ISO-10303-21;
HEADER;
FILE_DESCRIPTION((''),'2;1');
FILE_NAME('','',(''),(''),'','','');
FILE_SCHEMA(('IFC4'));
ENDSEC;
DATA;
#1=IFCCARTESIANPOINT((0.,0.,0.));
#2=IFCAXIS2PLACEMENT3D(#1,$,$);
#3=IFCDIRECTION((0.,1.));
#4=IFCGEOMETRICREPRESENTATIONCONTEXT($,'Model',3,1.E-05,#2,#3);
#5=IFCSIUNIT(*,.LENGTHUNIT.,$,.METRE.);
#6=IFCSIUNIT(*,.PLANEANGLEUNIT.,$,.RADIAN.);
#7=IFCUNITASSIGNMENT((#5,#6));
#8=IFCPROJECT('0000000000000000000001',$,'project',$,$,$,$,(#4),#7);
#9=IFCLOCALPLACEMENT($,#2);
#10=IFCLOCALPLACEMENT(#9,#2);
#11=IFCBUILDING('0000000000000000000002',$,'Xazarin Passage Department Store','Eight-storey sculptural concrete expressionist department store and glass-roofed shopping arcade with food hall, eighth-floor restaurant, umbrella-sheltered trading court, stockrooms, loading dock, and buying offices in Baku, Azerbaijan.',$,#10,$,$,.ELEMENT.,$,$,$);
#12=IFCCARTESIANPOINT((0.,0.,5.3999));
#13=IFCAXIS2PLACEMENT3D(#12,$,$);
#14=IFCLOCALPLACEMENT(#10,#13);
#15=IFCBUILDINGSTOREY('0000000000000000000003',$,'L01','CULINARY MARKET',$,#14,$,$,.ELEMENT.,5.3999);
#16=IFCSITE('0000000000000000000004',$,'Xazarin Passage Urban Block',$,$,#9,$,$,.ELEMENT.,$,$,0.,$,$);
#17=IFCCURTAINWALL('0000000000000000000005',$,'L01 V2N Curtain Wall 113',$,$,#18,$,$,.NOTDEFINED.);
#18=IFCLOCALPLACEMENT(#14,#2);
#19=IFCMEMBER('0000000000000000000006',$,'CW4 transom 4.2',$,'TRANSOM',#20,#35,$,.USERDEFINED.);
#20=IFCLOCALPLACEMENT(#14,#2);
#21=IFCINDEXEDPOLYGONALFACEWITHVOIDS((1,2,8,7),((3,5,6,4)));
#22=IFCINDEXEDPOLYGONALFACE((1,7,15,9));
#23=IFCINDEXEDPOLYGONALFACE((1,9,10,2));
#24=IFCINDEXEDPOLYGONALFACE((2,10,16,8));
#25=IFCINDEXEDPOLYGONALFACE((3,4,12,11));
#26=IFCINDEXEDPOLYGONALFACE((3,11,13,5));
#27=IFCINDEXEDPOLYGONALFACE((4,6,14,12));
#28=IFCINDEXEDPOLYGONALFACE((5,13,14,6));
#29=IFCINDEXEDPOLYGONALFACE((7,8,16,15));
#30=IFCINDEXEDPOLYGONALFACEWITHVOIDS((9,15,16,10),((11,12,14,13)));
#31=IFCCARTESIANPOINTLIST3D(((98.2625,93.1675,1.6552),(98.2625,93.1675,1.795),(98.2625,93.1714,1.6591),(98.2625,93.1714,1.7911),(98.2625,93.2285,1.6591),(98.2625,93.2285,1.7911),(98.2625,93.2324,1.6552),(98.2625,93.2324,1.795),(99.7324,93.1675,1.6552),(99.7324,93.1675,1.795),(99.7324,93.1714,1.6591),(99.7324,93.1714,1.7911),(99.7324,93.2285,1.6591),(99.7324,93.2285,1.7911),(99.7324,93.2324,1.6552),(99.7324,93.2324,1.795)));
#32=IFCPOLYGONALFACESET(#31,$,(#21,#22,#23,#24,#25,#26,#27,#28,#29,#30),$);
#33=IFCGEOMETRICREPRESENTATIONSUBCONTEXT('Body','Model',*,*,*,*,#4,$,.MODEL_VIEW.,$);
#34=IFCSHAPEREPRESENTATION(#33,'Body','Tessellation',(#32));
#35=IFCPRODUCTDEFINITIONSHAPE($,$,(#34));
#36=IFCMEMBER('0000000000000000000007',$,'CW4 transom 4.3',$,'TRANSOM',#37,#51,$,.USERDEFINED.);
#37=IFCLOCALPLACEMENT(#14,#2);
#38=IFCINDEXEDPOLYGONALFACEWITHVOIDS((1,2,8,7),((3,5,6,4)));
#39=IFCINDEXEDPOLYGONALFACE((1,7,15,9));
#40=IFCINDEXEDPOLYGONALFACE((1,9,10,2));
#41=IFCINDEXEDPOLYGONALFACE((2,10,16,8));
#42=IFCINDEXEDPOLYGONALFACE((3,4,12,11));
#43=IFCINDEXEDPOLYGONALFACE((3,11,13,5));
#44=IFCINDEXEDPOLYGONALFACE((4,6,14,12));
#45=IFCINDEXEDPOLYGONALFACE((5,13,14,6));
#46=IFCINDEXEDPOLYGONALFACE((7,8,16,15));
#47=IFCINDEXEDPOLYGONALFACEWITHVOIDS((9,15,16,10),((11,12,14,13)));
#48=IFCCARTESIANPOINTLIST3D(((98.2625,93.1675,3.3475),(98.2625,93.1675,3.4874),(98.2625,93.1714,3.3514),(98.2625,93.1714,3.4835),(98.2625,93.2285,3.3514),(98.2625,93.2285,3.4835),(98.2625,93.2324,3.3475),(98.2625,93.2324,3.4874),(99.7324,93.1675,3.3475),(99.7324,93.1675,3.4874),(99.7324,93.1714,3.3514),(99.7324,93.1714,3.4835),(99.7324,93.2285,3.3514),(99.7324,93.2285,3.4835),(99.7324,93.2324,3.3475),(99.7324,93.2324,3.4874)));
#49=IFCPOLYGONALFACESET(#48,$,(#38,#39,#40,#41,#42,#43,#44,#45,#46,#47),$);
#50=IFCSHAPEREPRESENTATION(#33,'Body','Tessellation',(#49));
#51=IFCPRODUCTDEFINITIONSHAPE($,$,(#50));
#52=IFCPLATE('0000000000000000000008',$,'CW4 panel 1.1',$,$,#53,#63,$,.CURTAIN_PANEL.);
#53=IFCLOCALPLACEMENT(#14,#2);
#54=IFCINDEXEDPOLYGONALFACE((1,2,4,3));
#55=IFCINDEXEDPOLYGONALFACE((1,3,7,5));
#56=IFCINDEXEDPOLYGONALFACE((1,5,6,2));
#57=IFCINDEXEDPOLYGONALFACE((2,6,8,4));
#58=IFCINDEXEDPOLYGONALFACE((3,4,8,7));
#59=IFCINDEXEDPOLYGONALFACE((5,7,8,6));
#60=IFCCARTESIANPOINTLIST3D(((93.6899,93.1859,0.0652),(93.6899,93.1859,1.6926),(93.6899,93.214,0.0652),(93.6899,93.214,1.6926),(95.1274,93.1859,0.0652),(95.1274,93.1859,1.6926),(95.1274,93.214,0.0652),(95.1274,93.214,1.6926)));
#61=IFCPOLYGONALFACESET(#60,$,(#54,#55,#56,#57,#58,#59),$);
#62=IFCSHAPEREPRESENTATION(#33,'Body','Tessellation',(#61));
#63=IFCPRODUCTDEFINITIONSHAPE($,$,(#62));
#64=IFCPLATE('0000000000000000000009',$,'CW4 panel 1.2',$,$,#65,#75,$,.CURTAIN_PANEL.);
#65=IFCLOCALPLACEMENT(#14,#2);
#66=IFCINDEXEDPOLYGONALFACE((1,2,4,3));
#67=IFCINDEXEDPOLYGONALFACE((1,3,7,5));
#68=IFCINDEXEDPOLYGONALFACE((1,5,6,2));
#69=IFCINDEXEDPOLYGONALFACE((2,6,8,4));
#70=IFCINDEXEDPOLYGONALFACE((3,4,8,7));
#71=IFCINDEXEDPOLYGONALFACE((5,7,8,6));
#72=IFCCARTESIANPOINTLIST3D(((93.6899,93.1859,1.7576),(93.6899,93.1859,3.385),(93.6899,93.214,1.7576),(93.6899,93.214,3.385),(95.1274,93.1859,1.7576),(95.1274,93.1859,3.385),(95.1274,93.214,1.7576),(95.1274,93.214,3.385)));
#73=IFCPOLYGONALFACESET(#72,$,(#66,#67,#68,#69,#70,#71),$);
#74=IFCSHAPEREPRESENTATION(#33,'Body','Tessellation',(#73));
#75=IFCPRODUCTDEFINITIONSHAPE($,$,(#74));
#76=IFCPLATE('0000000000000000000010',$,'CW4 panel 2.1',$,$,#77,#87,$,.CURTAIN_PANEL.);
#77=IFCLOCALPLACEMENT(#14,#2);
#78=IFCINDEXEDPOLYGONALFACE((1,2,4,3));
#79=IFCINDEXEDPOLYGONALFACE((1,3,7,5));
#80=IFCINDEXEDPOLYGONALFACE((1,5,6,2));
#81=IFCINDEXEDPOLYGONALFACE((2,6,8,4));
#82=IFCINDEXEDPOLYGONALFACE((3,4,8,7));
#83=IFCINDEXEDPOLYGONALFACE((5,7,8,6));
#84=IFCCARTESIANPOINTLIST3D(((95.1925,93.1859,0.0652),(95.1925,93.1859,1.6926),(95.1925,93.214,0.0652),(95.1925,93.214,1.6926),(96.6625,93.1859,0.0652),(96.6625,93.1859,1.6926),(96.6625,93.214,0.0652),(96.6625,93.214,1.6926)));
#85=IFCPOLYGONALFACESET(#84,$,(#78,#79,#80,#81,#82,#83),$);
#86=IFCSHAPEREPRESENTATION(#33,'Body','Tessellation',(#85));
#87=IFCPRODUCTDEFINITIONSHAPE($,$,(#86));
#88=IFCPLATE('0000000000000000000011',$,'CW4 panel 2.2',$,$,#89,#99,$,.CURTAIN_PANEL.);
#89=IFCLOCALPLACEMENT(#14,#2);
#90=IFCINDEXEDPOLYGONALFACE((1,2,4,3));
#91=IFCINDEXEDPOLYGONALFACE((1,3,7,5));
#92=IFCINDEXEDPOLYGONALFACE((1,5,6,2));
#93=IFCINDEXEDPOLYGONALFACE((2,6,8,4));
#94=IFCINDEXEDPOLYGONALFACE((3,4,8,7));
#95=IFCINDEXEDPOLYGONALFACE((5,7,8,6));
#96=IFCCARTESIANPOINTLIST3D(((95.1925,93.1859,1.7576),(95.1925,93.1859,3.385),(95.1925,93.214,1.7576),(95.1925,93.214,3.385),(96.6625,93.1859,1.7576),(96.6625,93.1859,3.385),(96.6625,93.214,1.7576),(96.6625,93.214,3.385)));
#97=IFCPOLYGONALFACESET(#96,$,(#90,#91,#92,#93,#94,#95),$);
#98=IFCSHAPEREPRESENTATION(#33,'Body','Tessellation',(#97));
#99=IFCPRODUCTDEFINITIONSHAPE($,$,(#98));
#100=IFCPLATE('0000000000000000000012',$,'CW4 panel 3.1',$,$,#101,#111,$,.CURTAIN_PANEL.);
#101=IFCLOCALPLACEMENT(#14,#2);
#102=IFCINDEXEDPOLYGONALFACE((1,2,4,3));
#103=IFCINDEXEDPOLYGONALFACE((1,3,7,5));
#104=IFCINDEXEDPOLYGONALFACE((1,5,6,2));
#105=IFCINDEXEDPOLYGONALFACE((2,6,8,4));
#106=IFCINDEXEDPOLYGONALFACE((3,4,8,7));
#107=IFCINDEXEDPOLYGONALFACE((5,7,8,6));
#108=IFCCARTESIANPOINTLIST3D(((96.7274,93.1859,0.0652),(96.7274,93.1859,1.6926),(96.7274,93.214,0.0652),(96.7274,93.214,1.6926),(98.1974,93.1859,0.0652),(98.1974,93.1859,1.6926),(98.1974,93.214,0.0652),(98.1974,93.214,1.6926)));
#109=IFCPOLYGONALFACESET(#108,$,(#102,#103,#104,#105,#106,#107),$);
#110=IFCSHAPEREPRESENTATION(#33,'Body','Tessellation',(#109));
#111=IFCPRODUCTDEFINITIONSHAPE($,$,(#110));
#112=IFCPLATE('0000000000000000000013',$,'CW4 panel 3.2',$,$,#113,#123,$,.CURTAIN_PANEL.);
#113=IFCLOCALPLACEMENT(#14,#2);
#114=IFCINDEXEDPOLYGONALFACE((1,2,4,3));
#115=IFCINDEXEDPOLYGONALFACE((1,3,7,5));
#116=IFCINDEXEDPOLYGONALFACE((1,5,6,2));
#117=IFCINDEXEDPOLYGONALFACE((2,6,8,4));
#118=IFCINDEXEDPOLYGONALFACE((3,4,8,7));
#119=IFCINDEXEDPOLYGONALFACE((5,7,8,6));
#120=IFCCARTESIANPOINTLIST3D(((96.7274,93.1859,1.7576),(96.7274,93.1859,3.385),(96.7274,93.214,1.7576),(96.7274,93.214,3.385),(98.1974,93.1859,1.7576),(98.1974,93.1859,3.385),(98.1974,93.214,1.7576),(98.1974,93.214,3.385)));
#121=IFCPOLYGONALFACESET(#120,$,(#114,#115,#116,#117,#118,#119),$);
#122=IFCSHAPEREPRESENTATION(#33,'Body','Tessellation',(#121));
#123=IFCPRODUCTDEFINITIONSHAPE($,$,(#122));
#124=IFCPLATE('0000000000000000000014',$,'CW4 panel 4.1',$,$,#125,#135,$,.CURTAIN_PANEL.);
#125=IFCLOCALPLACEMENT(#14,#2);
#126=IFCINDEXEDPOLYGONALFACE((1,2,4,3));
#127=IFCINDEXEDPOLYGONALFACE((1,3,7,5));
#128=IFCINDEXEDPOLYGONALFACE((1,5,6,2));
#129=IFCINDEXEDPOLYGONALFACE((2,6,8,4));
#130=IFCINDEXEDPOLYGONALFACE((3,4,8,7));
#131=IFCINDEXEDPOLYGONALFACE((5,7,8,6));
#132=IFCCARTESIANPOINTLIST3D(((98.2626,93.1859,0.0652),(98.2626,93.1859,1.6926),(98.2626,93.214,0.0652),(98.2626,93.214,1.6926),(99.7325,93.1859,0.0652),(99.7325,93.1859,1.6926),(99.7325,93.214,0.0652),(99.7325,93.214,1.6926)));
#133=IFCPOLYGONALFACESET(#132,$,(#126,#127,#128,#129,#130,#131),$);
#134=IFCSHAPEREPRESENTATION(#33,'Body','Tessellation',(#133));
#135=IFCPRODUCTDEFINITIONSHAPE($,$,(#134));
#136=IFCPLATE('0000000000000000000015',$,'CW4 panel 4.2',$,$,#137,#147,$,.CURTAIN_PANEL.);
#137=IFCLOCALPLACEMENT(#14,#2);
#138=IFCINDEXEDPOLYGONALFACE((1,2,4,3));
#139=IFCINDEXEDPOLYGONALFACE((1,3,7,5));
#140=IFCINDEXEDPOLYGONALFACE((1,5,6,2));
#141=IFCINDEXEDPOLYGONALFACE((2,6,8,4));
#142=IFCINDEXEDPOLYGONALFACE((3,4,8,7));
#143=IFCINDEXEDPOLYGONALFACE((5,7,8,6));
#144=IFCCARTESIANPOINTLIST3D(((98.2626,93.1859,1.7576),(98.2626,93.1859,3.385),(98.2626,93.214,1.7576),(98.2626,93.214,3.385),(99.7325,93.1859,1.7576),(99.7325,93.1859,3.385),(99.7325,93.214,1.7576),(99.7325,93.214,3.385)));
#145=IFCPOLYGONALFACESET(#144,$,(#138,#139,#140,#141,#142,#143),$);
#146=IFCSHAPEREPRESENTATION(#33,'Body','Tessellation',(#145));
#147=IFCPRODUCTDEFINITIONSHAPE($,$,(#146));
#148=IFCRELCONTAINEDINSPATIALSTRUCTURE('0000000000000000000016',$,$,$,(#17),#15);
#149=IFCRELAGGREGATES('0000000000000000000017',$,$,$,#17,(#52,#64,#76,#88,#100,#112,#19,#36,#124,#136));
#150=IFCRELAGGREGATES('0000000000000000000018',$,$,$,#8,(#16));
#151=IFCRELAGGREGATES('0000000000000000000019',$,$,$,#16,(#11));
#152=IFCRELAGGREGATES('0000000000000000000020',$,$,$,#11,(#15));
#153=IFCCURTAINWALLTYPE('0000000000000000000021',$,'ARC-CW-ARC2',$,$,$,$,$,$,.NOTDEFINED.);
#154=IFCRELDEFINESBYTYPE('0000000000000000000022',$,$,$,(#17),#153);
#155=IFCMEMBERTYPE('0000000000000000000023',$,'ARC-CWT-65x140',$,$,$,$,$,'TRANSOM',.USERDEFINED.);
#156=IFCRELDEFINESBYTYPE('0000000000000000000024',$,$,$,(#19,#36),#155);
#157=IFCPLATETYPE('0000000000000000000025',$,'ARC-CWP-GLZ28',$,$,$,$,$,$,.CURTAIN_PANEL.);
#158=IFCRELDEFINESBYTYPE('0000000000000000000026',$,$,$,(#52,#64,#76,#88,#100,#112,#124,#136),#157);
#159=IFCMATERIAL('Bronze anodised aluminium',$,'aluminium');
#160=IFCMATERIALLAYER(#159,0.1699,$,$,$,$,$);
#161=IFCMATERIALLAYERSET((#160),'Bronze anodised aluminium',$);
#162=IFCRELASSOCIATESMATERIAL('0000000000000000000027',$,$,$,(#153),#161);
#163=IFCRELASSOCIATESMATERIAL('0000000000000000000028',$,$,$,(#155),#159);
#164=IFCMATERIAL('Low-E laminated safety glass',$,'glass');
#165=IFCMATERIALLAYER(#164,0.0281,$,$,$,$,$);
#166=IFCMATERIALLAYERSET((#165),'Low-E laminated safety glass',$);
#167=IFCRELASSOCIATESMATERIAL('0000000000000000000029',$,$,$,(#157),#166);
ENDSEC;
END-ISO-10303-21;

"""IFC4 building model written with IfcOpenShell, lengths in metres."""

from ifc_helpers import new_model, si_unit, direction, frame, origin, origin_2d, place, context, subcontext, project, spatial, rectangle, hollow_rectangle, extrude, material, layer, layer_set, material_profile, profile_set, type_object, element, aggregate, save


model = new_model("IFC4")

# Units and contexts
model_context = context("Model", 3, precision=1e-05, world=origin(), true_north=direction((0.0, 1.0)))
body_context = subcontext(model_context, "Body", "Model", "MODEL_VIEW")
ifc_project = project(units=[si_unit("LENGTHUNIT", "METRE"), si_unit("PLANEANGLEUNIT", "RADIAN")], contexts=[model_context])

# Site, building, storey
site_placement = place(None, origin())
site = spatial("IfcSite", under=ifc_project, at=site_placement, Name="Xazarin Passage Urban Block", CompositionType="ELEMENT", RefElevation=0.0)
building_placement = place(site_placement, origin())
building = spatial("IfcBuilding", under=site, at=building_placement, Name="Xazarin Passage Department Store", Description="Eight-storey sculptural concrete expressionist department store and glass-roofed shopping arcade with food hall, eighth-floor restaurant, umbrella-sheltered trading court, stockrooms, loading dock, and buying offices in Baku, Azerbaijan.", CompositionType="ELEMENT")
storey_placement = place(building_placement, frame((0.0, 0.0, 5.3999)))
storey = spatial("IfcBuildingStorey", under=building, at=storey_placement, Name="L01", Description="CULINARY MARKET", CompositionType="ELEMENT", Elevation=5.3999)

# Curtain wall, members, plates
ifc_material_1 = material(Name="Bronze anodised aluminium", Category="aluminium")
ifc_layer_1 = layer(ifc_material_1, 0.1699)
ifc_layer_set_1 = layer_set([ifc_layer_1], Name="Bronze anodised aluminium")
curtain_wall_type = type_object("IfcCurtainWallType", Name="ARC-CW-ARC2", PredefinedType="NOTDEFINED", material=ifc_layer_set_1)
curtain_wall_placement = place(storey_placement, origin())
curtain_wall = element("IfcCurtainWall", 1, at=curtain_wall_placement, inside=storey, type_object=curtain_wall_type, Name="L01 V2N Curtain Wall 113", PredefinedType="NOTDEFINED")
ifc_material_profile_1 = material_profile(ifc_material_1, hollow_rectangle(XDim=0.0649, YDim=0.1399, WallThickness=0.0039, at=origin_2d()), Name="ALU 65x140")
ifc_profile_set_1 = profile_set([ifc_material_profile_1], Name="Bronze anodised aluminium")
member_type_1 = type_object("IfcMemberType", Name="ARC-CWT-65x140", ElementType="TRANSOM", PredefinedType="USERDEFINED", material=ifc_profile_set_1)
member_1_placement = place(storey_placement, frame((98.2625, 93.2, 1.7251), z_axis=(1.0, 0.0, 0.0), x_axis=(0.0, 1.0, 0.0)))
member_1 = element("IfcMember", 2, at=member_1_placement, type_object=member_type_1, Name="CW4 transom 4.2", ObjectType="TRANSOM", PredefinedType="USERDEFINED", context=body_context, shape_type="SweptSolid", body=[
    extrude(hollow_rectangle(XDim=0.0649, YDim=0.1399, WallThickness=0.0039, at=origin_2d()), origin(), (0.0, 0.0, 1.0), 1.47),
])
member_2_placement = place(storey_placement, frame((98.2625, 93.2, 3.4175), z_axis=(1.0, 0.0, 0.0), x_axis=(0.0, 1.0, 0.0)))
member_2 = element("IfcMember", 3, at=member_2_placement, type_object=member_type_1, Name="CW4 transom 4.3", ObjectType="TRANSOM", PredefinedType="USERDEFINED", context=body_context, shape_type="SweptSolid", body=[
    extrude(hollow_rectangle(XDim=0.0649, YDim=0.1399, WallThickness=0.0039, at=origin_2d()), origin(), (0.0, 0.0, 1.0), 1.47),
])
ifc_material_2 = material(Name="Low-E laminated safety glass", Category="glass")
ifc_layer_2 = layer(ifc_material_2, 0.0281)
ifc_layer_set_2 = layer_set([ifc_layer_2], Name="Low-E laminated safety glass")
plate_type = type_object("IfcPlateType", Name="ARC-CWP-GLZ28", PredefinedType="CURTAIN_PANEL", material=ifc_layer_set_2)
plate_1_placement = place(storey_placement, frame((94.4087, 93.2, 0.0652), z_axis=(0.0, 0.0, 1.0), x_axis=(1.0, 0.0, 0.0)))
plate_1 = element("IfcPlate", 4, at=plate_1_placement, type_object=plate_type, Name="CW4 panel 1.1", PredefinedType="CURTAIN_PANEL", context=body_context, shape_type="SweptSolid", body=[
    extrude(rectangle(XDim=1.4375, YDim=0.0281, at=origin_2d()), origin(), (0.0, 0.0, 1.0), 1.6274),
])
plate_2_placement = place(storey_placement, frame((94.4087, 93.2, 1.7576), z_axis=(0.0, 0.0, 1.0), x_axis=(1.0, 0.0, 0.0)))
plate_2 = element("IfcPlate", 5, at=plate_2_placement, type_object=plate_type, Name="CW4 panel 1.2", PredefinedType="CURTAIN_PANEL", context=body_context, shape_type="SweptSolid", body=[
    extrude(rectangle(XDim=1.4375, YDim=0.0281, at=origin_2d()), origin(), (0.0, 0.0, 1.0), 1.6274),
])
plate_3_placement = place(storey_placement, frame((95.9275, 93.2, 0.0652), z_axis=(0.0, 0.0, 1.0), x_axis=(1.0, 0.0, 0.0)))
plate_3 = element("IfcPlate", 6, at=plate_3_placement, type_object=plate_type, Name="CW4 panel 2.1", PredefinedType="CURTAIN_PANEL", context=body_context, shape_type="SweptSolid", body=[
    extrude(rectangle(XDim=1.47, YDim=0.0281, at=origin_2d()), origin(), (0.0, 0.0, 1.0), 1.6274),
])
plate_4_placement = place(storey_placement, frame((95.9275, 93.2, 1.7576), z_axis=(0.0, 0.0, 1.0), x_axis=(1.0, 0.0, 0.0)))
plate_4 = element("IfcPlate", 7, at=plate_4_placement, type_object=plate_type, Name="CW4 panel 2.2", PredefinedType="CURTAIN_PANEL", context=body_context, shape_type="SweptSolid", body=[
    extrude(rectangle(XDim=1.47, YDim=0.0281, at=origin_2d()), origin(), (0.0, 0.0, 1.0), 1.6274),
])
plate_5_placement = place(storey_placement, frame((97.4624, 93.2, 0.0652), z_axis=(0.0, 0.0, 1.0), x_axis=(1.0, 0.0, 0.0)))
plate_5 = element("IfcPlate", 8, at=plate_5_placement, type_object=plate_type, Name="CW4 panel 3.1", PredefinedType="CURTAIN_PANEL", context=body_context, shape_type="SweptSolid", body=[
    extrude(rectangle(XDim=1.47, YDim=0.0281, at=origin_2d()), origin(), (0.0, 0.0, 1.0), 1.6274),
])
plate_6_placement = place(storey_placement, frame((97.4624, 93.2, 1.7576), z_axis=(0.0, 0.0, 1.0), x_axis=(1.0, 0.0, 0.0)))
plate_6 = element("IfcPlate", 9, at=plate_6_placement, type_object=plate_type, Name="CW4 panel 3.2", PredefinedType="CURTAIN_PANEL", context=body_context, shape_type="SweptSolid", body=[
    extrude(rectangle(XDim=1.47, YDim=0.0281, at=origin_2d()), origin(), (0.0, 0.0, 1.0), 1.6274),
])
plate_7_placement = place(storey_placement, frame((98.9976, 93.2, 0.0652), z_axis=(0.0, 0.0, 1.0), x_axis=(1.0, 0.0, 0.0)))
plate_7 = element("IfcPlate", 10, at=plate_7_placement, type_object=plate_type, Name="CW4 panel 4.1", PredefinedType="CURTAIN_PANEL", context=body_context, shape_type="SweptSolid", body=[
    extrude(rectangle(XDim=1.47, YDim=0.0281, at=origin_2d()), origin(), (0.0, 0.0, 1.0), 1.6274),
])
plate_8_placement = place(storey_placement, frame((98.9976, 93.2, 1.7576), z_axis=(0.0, 0.0, 1.0), x_axis=(1.0, 0.0, 0.0)))
plate_8 = element("IfcPlate", 11, at=plate_8_placement, type_object=plate_type, Name="CW4 panel 4.2", PredefinedType="CURTAIN_PANEL", context=body_context, shape_type="SweptSolid", body=[
    extrude(rectangle(XDim=1.47, YDim=0.0281, at=origin_2d()), origin(), (0.0, 0.0, 1.0), 1.6274),
])
aggregate(curtain_wall, [plate_1, plate_2, plate_3, plate_4, plate_5, plate_6, member_1, member_2, plate_7, plate_8])

save(model, "model.ifc")
